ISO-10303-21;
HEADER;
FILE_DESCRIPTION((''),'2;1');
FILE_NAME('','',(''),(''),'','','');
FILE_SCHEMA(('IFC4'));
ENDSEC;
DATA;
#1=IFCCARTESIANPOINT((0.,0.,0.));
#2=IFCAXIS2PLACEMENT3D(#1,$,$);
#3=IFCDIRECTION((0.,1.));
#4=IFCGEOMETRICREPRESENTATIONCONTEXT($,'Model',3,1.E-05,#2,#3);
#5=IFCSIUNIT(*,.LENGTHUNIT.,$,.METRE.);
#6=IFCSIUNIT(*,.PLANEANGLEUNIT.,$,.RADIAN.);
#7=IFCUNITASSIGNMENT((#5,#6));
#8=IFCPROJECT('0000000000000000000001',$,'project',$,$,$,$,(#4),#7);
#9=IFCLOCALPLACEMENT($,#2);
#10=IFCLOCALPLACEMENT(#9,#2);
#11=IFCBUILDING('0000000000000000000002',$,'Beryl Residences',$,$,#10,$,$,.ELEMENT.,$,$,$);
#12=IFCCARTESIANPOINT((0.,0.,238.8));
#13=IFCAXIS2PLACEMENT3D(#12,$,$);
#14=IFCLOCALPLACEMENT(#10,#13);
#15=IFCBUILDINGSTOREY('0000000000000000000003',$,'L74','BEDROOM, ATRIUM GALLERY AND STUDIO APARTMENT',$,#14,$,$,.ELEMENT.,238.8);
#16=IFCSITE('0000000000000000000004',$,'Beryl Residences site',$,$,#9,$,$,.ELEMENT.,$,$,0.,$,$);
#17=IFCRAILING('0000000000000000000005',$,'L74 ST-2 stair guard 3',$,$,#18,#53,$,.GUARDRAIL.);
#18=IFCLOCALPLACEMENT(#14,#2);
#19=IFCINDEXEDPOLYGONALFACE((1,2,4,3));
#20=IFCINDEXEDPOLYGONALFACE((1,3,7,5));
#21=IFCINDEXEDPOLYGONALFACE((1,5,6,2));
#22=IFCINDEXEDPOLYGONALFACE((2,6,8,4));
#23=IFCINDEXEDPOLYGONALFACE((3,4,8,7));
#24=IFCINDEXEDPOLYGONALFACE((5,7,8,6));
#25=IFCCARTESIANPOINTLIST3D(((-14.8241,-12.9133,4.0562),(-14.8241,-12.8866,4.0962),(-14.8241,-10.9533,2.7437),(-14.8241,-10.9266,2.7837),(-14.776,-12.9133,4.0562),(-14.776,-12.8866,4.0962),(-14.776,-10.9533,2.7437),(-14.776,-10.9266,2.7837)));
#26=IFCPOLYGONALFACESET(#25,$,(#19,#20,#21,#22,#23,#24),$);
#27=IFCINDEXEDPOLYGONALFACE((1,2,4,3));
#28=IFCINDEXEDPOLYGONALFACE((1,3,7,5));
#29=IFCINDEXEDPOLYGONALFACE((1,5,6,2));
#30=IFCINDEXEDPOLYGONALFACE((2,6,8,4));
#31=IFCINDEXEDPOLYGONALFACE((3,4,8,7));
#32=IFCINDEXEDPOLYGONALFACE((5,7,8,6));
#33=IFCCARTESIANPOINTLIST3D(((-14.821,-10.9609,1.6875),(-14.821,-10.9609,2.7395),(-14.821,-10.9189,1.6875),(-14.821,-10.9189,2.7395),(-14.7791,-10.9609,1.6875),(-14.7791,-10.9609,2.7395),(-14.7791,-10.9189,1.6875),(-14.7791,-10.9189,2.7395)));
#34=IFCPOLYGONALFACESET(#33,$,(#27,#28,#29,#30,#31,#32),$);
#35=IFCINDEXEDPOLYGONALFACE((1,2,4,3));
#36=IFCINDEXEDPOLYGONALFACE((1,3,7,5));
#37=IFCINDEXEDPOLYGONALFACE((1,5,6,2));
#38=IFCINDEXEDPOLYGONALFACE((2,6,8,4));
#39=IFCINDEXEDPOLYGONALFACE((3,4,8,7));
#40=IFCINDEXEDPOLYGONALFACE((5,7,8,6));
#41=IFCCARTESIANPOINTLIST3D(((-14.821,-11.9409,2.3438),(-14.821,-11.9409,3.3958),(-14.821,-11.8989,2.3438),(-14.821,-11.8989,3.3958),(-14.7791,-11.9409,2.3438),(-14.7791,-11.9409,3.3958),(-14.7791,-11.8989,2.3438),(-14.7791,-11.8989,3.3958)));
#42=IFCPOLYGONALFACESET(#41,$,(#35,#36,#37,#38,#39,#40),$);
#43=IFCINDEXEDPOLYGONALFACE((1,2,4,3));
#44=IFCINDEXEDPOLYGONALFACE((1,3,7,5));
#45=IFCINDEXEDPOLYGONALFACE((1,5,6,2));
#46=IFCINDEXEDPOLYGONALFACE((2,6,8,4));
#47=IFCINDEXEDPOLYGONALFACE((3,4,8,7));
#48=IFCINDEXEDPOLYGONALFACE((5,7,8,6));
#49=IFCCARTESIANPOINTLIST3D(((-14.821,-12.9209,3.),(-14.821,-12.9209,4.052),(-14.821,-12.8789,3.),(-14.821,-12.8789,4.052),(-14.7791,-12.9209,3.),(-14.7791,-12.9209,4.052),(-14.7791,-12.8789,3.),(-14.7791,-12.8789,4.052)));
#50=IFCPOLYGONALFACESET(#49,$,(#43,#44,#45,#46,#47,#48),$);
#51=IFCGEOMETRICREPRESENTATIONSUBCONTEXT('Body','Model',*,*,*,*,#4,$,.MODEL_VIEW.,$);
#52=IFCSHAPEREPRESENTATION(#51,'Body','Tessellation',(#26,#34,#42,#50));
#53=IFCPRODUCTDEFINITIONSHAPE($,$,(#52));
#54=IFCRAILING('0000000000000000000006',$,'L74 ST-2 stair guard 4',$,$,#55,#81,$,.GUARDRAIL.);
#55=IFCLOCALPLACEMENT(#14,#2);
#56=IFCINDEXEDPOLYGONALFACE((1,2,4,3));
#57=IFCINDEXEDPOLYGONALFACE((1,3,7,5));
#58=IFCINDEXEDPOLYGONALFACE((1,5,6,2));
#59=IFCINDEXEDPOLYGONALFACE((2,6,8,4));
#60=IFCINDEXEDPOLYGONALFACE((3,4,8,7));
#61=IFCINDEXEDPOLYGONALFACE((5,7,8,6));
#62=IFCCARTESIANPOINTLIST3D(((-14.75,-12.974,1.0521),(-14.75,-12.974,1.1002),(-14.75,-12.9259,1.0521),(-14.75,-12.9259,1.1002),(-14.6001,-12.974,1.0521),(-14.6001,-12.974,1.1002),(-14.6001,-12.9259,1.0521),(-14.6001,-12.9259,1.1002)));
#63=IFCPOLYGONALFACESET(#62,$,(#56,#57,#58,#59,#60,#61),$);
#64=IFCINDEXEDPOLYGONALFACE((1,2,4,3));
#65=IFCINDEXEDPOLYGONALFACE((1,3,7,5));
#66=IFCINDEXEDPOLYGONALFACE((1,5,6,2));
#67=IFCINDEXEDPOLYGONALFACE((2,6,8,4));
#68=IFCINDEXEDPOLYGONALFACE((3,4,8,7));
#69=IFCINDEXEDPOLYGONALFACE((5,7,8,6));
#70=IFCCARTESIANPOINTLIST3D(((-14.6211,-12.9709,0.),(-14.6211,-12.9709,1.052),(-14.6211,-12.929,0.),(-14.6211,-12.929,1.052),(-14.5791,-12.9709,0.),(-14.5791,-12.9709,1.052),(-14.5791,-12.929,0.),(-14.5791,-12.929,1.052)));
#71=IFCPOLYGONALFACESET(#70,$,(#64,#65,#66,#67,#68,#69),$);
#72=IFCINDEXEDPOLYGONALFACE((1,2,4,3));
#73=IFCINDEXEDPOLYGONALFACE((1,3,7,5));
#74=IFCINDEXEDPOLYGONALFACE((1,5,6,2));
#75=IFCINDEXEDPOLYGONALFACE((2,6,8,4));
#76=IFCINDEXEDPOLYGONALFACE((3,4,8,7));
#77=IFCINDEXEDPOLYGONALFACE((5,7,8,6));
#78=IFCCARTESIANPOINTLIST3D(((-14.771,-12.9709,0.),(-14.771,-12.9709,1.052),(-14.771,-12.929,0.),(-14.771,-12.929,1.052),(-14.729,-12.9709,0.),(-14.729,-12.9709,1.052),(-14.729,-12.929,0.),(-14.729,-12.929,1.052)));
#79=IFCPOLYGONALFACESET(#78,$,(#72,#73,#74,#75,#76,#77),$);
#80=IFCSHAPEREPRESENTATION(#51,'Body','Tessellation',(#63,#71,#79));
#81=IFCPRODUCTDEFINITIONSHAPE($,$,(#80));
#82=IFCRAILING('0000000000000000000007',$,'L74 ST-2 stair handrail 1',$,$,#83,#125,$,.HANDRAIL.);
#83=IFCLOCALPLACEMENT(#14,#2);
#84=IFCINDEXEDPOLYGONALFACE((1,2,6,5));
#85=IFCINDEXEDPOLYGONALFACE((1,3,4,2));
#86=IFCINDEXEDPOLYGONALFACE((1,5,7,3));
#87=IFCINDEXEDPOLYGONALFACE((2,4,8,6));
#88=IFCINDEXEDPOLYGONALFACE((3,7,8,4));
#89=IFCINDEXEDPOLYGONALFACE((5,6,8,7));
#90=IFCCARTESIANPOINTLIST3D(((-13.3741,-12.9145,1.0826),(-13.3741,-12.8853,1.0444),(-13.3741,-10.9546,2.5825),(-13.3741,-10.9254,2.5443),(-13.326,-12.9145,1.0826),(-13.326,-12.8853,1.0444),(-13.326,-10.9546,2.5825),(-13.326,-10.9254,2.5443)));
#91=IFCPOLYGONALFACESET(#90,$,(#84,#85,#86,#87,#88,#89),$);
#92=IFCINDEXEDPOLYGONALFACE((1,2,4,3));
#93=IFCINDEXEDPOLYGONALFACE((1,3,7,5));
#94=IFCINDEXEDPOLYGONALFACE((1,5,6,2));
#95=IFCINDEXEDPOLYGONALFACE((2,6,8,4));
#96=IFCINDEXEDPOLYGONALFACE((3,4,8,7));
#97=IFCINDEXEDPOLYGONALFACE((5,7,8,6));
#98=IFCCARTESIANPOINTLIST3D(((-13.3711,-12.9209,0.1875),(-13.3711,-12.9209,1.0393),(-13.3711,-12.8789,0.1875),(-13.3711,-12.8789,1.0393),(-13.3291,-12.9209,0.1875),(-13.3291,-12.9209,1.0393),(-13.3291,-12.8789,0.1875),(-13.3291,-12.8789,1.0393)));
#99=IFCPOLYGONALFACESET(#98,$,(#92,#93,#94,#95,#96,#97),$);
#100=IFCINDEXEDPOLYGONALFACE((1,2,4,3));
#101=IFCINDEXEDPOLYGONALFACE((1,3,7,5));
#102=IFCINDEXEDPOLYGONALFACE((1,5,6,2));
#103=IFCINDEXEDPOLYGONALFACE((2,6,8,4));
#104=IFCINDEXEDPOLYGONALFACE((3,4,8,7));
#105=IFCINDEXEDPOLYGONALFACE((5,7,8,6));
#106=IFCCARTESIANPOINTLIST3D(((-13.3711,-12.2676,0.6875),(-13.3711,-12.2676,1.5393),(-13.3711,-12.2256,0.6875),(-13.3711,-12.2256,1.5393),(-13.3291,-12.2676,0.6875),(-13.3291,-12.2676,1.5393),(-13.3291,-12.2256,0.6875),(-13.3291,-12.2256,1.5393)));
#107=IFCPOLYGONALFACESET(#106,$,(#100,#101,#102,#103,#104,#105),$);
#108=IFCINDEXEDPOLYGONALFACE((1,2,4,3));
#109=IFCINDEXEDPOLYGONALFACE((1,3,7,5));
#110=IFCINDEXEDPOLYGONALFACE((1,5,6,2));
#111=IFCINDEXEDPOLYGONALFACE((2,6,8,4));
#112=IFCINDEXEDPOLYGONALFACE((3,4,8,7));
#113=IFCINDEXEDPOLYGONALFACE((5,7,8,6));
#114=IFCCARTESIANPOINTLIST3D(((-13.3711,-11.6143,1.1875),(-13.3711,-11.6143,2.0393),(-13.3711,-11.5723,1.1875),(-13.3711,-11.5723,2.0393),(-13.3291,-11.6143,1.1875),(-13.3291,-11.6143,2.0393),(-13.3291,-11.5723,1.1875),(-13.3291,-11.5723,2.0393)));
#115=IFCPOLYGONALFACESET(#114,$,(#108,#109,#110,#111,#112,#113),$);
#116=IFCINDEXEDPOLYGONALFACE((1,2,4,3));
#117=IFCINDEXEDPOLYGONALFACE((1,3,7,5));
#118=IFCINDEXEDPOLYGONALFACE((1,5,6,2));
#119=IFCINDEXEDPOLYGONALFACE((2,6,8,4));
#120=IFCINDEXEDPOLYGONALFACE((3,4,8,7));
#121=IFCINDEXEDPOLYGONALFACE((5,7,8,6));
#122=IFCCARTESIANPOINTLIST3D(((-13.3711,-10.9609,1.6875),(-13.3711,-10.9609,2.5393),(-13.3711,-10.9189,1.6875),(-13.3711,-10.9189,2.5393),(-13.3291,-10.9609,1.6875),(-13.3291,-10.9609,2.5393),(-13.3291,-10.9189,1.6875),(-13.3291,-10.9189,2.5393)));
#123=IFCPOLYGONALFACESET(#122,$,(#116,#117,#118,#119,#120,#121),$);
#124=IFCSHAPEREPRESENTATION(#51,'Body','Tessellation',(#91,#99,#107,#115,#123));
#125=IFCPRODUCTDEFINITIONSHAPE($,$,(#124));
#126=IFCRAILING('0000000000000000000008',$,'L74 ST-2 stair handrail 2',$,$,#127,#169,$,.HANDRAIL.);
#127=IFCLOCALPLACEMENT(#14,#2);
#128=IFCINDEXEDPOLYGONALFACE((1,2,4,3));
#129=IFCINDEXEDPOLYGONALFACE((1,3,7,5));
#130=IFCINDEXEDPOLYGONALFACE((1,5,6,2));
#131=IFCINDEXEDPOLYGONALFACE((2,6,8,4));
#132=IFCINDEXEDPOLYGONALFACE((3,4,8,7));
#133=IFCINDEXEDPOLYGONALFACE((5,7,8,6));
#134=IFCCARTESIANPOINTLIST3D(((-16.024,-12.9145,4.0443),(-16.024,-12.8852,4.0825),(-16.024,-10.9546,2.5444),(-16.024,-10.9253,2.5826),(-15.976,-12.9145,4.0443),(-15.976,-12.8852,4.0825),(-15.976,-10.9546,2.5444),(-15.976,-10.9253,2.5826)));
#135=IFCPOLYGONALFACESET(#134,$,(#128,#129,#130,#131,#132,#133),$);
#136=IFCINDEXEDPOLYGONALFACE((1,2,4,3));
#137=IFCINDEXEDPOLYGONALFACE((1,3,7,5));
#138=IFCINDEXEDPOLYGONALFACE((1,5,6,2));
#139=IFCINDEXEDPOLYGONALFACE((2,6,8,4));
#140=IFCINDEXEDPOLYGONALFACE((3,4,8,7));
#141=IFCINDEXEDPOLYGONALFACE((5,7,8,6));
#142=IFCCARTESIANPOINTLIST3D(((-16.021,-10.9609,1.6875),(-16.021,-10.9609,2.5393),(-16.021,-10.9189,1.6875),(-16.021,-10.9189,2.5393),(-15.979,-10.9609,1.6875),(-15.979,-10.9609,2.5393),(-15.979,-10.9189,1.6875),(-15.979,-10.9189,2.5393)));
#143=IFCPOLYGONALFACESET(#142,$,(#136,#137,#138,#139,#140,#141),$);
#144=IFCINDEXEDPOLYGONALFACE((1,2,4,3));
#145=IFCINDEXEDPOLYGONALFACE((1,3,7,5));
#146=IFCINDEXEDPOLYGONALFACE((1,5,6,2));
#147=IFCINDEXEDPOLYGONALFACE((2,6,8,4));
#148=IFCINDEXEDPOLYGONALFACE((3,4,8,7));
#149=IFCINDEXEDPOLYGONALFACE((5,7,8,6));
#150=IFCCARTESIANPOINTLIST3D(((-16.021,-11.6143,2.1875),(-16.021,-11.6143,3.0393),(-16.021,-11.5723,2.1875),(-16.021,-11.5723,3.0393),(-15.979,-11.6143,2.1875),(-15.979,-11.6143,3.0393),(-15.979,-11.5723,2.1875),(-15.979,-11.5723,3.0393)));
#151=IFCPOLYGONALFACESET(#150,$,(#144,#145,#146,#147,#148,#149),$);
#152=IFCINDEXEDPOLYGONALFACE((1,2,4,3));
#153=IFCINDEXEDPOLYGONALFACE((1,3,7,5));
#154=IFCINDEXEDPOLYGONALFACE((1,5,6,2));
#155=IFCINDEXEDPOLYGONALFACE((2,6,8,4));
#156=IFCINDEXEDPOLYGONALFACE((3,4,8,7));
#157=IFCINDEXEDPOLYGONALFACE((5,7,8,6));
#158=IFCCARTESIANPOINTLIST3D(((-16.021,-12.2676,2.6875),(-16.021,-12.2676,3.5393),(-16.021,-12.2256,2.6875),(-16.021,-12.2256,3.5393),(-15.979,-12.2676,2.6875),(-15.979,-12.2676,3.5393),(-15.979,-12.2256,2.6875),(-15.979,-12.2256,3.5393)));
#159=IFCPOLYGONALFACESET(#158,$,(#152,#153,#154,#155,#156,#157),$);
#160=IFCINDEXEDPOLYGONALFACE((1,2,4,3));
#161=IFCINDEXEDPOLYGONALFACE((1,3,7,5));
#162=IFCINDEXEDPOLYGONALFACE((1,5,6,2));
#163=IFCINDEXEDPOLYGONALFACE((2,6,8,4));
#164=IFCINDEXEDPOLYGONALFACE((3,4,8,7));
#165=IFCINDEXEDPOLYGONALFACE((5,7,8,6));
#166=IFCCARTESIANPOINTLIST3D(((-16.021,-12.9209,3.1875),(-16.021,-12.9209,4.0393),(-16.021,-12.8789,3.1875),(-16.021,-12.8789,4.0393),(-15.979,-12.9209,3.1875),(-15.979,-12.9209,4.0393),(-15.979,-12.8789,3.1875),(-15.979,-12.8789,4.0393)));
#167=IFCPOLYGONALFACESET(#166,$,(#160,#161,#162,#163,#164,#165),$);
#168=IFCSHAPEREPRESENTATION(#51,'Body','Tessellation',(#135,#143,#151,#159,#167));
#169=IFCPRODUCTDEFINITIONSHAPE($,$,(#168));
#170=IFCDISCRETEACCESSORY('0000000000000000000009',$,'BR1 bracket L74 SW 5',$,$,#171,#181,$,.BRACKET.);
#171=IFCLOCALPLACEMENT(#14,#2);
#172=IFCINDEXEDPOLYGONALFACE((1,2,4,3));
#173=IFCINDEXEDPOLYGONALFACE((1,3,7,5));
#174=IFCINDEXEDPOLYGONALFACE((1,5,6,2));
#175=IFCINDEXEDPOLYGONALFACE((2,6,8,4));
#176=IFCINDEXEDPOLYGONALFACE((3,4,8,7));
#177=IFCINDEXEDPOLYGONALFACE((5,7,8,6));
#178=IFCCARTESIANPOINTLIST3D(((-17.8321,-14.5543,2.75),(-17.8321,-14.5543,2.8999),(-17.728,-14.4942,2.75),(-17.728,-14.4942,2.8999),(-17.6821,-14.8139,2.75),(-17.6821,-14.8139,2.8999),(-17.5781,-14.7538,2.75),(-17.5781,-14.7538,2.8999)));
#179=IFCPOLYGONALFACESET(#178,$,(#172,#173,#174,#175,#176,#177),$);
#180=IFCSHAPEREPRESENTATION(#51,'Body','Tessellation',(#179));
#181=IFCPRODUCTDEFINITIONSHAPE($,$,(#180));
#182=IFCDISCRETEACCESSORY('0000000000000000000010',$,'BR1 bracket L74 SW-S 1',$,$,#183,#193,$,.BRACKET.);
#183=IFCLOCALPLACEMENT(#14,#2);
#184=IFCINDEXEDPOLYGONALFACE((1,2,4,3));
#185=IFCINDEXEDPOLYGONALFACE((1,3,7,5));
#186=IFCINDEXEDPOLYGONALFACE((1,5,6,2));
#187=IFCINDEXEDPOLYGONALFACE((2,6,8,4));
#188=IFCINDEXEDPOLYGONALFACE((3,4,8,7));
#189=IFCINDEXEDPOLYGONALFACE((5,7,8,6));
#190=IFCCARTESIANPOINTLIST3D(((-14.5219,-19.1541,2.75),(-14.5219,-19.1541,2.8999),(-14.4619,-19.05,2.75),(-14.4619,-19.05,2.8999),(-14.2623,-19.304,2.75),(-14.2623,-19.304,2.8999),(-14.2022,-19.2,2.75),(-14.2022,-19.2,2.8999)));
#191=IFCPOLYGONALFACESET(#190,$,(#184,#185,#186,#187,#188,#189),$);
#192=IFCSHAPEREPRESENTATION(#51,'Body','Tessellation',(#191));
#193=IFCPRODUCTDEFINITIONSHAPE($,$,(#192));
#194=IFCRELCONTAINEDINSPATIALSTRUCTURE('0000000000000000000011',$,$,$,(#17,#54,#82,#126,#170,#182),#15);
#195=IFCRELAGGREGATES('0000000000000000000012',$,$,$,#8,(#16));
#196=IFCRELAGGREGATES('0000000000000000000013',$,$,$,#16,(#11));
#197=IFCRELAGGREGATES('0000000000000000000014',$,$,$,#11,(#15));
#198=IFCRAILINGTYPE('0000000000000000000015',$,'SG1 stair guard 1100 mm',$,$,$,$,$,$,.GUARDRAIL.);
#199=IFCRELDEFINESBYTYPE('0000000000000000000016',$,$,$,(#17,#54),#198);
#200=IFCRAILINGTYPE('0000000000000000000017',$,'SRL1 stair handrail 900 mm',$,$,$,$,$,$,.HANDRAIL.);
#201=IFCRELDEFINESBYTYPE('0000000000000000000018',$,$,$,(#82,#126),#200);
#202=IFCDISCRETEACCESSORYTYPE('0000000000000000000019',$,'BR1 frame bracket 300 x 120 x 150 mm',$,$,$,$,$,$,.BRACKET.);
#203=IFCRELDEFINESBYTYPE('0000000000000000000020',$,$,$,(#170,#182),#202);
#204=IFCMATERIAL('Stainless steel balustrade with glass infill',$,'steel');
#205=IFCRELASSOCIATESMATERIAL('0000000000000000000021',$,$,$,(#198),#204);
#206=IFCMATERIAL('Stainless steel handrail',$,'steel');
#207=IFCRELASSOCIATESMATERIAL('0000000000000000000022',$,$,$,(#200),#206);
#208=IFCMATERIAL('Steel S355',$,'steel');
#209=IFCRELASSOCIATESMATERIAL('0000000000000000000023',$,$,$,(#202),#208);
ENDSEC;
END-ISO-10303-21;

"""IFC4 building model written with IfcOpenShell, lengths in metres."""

from ifc_helpers import new_model, si_unit, direction, frame, origin, origin_2d, place, context, subcontext, project, spatial, polyline, rectangle, outline, extrude, source, transform, mapped, material, type_object, type_shapes, element, save


model = new_model("IFC4")

# Units and contexts
model_context = context("Model", 3, precision=1e-05, world=origin(), true_north=direction((0.0, 1.0)))
body_context = subcontext(model_context, "Body", "Model", "MODEL_VIEW")
ifc_project = project(units=[si_unit("LENGTHUNIT", "METRE"), si_unit("PLANEANGLEUNIT", "RADIAN")], contexts=[model_context])

# Site, building, storey
site_placement = place(None, origin())
site = spatial("IfcSite", under=ifc_project, at=site_placement, Name="Beryl Residences site", CompositionType="ELEMENT", RefElevation=0.0)
building_placement = place(site_placement, origin())
building = spatial("IfcBuilding", under=site, at=building_placement, Name="Beryl Residences", CompositionType="ELEMENT")
storey_placement = place(building_placement, frame((0.0, 0.0, 238.8)))
storey = spatial("IfcBuildingStorey", under=building, at=storey_placement, Name="L74", Description="BEDROOM, ATRIUM GALLERY AND STUDIO APARTMENT", CompositionType="ELEMENT", Elevation=238.8)

# Railings
ifc_material_1 = material(Name="Stainless steel balustrade with glass infill", Category="steel")
railing_type_1 = type_object("IfcRailingType", Name="SG1 stair guard 1100 mm", PredefinedType="GUARDRAIL", material=ifc_material_1)
railing_1_placement = place(storey_placement, frame((-14.8, -10.9399, 1.6875)))
element("IfcRailing", 1, at=railing_1_placement, inside=storey, type_object=railing_type_1, Name="L74 ST-2 stair guard 3", PredefinedType="GUARDRAIL", context=body_context, shape_type="SweptSolid", body=[
    extrude(rectangle(XDim=0.0481, YDim=0.0481, at=origin_2d()), frame((0.0, 0.0, 1.0762), z_axis=(0.0, -0.830902, 0.556419), x_axis=(1.0, 0.0, 0.0)), (0.0, 0.0, 1.0), 2.3589),
    extrude(rectangle(XDim=0.042, YDim=0.042, at=origin_2d()), origin(), (0.0, 0.0, 1.0), 1.052),
    extrude(rectangle(XDim=0.042, YDim=0.042, at=origin_2d()), frame((0.0, -0.98, 0.6562)), (0.0, 0.0, 1.0), 1.052),
    extrude(rectangle(XDim=0.042, YDim=0.042, at=origin_2d()), frame((0.0, -1.96, 1.3125)), (0.0, 0.0, 1.0), 1.052),
])
railing_2_placement = place(storey_placement, frame((-14.6001, -12.95, 0.0)))
element("IfcRailing", 2, at=railing_2_placement, inside=storey, type_object=railing_type_1, Name="L74 ST-2 stair guard 4", PredefinedType="GUARDRAIL", context=body_context, shape_type="SweptSolid", body=[
    extrude(rectangle(XDim=0.0481, YDim=0.0481, at=origin_2d()), frame((0.0, 0.0, 1.0762), z_axis=(-1.0, 0.0, 0.0), x_axis=(0.0, -1.0, 0.0)), (0.0, 0.0, 1.0), 0.1499),
    extrude(rectangle(XDim=0.042, YDim=0.042, at=origin_2d()), origin(), (0.0, 0.0, 1.0), 1.052),
    extrude(rectangle(XDim=0.042, YDim=0.042, at=origin_2d()), frame((-0.1499, 0.0, 0.0)), (0.0, 0.0, 1.0), 1.052),
])
ifc_material_2 = material(Name="Stainless steel handrail", Category="steel")
railing_type_2 = type_object("IfcRailingType", Name="SRL1 stair handrail 900 mm", PredefinedType="HANDRAIL", material=ifc_material_2)
railing_3_placement = place(storey_placement, frame((-13.3501, -12.8999, 0.1875)))
element("IfcRailing", 3, at=railing_3_placement, inside=storey, type_object=railing_type_2, Name="L74 ST-2 stair handrail 1", PredefinedType="HANDRAIL", context=body_context, shape_type="SweptSolid", body=[
    extrude(rectangle(XDim=0.0481, YDim=0.0481, at=origin_2d()), frame((0.0, 0.0, 0.876), z_axis=(0.0, 0.794122, 0.607758), x_axis=(-1.0, 0.0, 0.0)), (0.0, 0.0, 1.0), 2.468),
    extrude(rectangle(XDim=0.042, YDim=0.042, at=origin_2d()), origin(), (0.0, 0.0, 1.0), 0.8518),
    extrude(rectangle(XDim=0.042, YDim=0.042, at=origin_2d()), frame((0.0, 0.6533, 0.5)), (0.0, 0.0, 1.0), 0.8518),
    extrude(rectangle(XDim=0.042, YDim=0.042, at=origin_2d()), frame((0.0, 1.3066, 1.0)), (0.0, 0.0, 1.0), 0.8518),
    extrude(rectangle(XDim=0.042, YDim=0.042, at=origin_2d()), frame((0.0, 1.96, 1.5)), (0.0, 0.0, 1.0), 0.8518),
])
railing_4_placement = place(storey_placement, frame((-16.0, -10.9399, 1.6875)))
element("IfcRailing", 4, at=railing_4_placement, inside=storey, type_object=railing_type_2, Name="L74 ST-2 stair handrail 2", PredefinedType="HANDRAIL", context=body_context, shape_type="SweptSolid", body=[
    extrude(rectangle(XDim=0.0481, YDim=0.0481, at=origin_2d()), frame((0.0, 0.0, 0.876), z_axis=(0.0, -0.794122, 0.607758), x_axis=(1.0, 0.0, 0.0)), (0.0, 0.0, 1.0), 2.468),
    extrude(rectangle(XDim=0.042, YDim=0.042, at=origin_2d()), origin(), (0.0, 0.0, 1.0), 0.8518),
    extrude(rectangle(XDim=0.042, YDim=0.042, at=origin_2d()), frame((0.0, -0.6533, 0.5)), (0.0, 0.0, 1.0), 0.8518),
    extrude(rectangle(XDim=0.042, YDim=0.042, at=origin_2d()), frame((0.0, -1.3066, 1.0)), (0.0, 0.0, 1.0), 0.8518),
    extrude(rectangle(XDim=0.042, YDim=0.042, at=origin_2d()), frame((0.0, -1.96, 1.5)), (0.0, 0.0, 1.0), 0.8518),
])

# Discrete accessories
ifc_material_3 = material(Name="Steel S355", Category="steel")
discrete_accessory_type = type_object("IfcDiscreteAccessoryType", Name="BR1 frame bracket 300 x 120 x 150 mm", PredefinedType="BRACKET", material=ifc_material_3)
shared_shape_1 = source(origin(), body_context, "Body", "SweptSolid", [
    extrude(outline(polyline([(-0.1499, 0.0), (0.1499, 0.0), (0.1499, 0.1201), (-0.1499, 0.1201), (-0.1499, 0.0)])), origin(), (0.0, 0.0, 1.0), 0.1499),
])
type_shapes(discrete_accessory_type, [shared_shape_1])
for number, where, z_axis, x_axis, name in (
    (5, (-17.6531, -14.624, 2.75), (0.0, 0.0, 1.0), (-0.5, 0.866025, 0.0), "BR1 bracket L74 SW 5"),
    (6, (-14.332, -19.125, 2.75), (0.0, 0.0, 1.0), (-0.866025, 0.5, 0.0), "BR1 bracket L74 SW-S 1"),
):
    element("IfcDiscreteAccessory", number, at=place(storey_placement, frame(where, z_axis=z_axis, x_axis=x_axis)), inside=storey, type_object=discrete_accessory_type, Name=name, PredefinedType="BRACKET", context=body_context, shape_type="MappedRepresentation", body=[
        mapped(shared_shape_1, transform((0.0, 0.0, 0.0))),
    ])

save(model, "model.ifc")
